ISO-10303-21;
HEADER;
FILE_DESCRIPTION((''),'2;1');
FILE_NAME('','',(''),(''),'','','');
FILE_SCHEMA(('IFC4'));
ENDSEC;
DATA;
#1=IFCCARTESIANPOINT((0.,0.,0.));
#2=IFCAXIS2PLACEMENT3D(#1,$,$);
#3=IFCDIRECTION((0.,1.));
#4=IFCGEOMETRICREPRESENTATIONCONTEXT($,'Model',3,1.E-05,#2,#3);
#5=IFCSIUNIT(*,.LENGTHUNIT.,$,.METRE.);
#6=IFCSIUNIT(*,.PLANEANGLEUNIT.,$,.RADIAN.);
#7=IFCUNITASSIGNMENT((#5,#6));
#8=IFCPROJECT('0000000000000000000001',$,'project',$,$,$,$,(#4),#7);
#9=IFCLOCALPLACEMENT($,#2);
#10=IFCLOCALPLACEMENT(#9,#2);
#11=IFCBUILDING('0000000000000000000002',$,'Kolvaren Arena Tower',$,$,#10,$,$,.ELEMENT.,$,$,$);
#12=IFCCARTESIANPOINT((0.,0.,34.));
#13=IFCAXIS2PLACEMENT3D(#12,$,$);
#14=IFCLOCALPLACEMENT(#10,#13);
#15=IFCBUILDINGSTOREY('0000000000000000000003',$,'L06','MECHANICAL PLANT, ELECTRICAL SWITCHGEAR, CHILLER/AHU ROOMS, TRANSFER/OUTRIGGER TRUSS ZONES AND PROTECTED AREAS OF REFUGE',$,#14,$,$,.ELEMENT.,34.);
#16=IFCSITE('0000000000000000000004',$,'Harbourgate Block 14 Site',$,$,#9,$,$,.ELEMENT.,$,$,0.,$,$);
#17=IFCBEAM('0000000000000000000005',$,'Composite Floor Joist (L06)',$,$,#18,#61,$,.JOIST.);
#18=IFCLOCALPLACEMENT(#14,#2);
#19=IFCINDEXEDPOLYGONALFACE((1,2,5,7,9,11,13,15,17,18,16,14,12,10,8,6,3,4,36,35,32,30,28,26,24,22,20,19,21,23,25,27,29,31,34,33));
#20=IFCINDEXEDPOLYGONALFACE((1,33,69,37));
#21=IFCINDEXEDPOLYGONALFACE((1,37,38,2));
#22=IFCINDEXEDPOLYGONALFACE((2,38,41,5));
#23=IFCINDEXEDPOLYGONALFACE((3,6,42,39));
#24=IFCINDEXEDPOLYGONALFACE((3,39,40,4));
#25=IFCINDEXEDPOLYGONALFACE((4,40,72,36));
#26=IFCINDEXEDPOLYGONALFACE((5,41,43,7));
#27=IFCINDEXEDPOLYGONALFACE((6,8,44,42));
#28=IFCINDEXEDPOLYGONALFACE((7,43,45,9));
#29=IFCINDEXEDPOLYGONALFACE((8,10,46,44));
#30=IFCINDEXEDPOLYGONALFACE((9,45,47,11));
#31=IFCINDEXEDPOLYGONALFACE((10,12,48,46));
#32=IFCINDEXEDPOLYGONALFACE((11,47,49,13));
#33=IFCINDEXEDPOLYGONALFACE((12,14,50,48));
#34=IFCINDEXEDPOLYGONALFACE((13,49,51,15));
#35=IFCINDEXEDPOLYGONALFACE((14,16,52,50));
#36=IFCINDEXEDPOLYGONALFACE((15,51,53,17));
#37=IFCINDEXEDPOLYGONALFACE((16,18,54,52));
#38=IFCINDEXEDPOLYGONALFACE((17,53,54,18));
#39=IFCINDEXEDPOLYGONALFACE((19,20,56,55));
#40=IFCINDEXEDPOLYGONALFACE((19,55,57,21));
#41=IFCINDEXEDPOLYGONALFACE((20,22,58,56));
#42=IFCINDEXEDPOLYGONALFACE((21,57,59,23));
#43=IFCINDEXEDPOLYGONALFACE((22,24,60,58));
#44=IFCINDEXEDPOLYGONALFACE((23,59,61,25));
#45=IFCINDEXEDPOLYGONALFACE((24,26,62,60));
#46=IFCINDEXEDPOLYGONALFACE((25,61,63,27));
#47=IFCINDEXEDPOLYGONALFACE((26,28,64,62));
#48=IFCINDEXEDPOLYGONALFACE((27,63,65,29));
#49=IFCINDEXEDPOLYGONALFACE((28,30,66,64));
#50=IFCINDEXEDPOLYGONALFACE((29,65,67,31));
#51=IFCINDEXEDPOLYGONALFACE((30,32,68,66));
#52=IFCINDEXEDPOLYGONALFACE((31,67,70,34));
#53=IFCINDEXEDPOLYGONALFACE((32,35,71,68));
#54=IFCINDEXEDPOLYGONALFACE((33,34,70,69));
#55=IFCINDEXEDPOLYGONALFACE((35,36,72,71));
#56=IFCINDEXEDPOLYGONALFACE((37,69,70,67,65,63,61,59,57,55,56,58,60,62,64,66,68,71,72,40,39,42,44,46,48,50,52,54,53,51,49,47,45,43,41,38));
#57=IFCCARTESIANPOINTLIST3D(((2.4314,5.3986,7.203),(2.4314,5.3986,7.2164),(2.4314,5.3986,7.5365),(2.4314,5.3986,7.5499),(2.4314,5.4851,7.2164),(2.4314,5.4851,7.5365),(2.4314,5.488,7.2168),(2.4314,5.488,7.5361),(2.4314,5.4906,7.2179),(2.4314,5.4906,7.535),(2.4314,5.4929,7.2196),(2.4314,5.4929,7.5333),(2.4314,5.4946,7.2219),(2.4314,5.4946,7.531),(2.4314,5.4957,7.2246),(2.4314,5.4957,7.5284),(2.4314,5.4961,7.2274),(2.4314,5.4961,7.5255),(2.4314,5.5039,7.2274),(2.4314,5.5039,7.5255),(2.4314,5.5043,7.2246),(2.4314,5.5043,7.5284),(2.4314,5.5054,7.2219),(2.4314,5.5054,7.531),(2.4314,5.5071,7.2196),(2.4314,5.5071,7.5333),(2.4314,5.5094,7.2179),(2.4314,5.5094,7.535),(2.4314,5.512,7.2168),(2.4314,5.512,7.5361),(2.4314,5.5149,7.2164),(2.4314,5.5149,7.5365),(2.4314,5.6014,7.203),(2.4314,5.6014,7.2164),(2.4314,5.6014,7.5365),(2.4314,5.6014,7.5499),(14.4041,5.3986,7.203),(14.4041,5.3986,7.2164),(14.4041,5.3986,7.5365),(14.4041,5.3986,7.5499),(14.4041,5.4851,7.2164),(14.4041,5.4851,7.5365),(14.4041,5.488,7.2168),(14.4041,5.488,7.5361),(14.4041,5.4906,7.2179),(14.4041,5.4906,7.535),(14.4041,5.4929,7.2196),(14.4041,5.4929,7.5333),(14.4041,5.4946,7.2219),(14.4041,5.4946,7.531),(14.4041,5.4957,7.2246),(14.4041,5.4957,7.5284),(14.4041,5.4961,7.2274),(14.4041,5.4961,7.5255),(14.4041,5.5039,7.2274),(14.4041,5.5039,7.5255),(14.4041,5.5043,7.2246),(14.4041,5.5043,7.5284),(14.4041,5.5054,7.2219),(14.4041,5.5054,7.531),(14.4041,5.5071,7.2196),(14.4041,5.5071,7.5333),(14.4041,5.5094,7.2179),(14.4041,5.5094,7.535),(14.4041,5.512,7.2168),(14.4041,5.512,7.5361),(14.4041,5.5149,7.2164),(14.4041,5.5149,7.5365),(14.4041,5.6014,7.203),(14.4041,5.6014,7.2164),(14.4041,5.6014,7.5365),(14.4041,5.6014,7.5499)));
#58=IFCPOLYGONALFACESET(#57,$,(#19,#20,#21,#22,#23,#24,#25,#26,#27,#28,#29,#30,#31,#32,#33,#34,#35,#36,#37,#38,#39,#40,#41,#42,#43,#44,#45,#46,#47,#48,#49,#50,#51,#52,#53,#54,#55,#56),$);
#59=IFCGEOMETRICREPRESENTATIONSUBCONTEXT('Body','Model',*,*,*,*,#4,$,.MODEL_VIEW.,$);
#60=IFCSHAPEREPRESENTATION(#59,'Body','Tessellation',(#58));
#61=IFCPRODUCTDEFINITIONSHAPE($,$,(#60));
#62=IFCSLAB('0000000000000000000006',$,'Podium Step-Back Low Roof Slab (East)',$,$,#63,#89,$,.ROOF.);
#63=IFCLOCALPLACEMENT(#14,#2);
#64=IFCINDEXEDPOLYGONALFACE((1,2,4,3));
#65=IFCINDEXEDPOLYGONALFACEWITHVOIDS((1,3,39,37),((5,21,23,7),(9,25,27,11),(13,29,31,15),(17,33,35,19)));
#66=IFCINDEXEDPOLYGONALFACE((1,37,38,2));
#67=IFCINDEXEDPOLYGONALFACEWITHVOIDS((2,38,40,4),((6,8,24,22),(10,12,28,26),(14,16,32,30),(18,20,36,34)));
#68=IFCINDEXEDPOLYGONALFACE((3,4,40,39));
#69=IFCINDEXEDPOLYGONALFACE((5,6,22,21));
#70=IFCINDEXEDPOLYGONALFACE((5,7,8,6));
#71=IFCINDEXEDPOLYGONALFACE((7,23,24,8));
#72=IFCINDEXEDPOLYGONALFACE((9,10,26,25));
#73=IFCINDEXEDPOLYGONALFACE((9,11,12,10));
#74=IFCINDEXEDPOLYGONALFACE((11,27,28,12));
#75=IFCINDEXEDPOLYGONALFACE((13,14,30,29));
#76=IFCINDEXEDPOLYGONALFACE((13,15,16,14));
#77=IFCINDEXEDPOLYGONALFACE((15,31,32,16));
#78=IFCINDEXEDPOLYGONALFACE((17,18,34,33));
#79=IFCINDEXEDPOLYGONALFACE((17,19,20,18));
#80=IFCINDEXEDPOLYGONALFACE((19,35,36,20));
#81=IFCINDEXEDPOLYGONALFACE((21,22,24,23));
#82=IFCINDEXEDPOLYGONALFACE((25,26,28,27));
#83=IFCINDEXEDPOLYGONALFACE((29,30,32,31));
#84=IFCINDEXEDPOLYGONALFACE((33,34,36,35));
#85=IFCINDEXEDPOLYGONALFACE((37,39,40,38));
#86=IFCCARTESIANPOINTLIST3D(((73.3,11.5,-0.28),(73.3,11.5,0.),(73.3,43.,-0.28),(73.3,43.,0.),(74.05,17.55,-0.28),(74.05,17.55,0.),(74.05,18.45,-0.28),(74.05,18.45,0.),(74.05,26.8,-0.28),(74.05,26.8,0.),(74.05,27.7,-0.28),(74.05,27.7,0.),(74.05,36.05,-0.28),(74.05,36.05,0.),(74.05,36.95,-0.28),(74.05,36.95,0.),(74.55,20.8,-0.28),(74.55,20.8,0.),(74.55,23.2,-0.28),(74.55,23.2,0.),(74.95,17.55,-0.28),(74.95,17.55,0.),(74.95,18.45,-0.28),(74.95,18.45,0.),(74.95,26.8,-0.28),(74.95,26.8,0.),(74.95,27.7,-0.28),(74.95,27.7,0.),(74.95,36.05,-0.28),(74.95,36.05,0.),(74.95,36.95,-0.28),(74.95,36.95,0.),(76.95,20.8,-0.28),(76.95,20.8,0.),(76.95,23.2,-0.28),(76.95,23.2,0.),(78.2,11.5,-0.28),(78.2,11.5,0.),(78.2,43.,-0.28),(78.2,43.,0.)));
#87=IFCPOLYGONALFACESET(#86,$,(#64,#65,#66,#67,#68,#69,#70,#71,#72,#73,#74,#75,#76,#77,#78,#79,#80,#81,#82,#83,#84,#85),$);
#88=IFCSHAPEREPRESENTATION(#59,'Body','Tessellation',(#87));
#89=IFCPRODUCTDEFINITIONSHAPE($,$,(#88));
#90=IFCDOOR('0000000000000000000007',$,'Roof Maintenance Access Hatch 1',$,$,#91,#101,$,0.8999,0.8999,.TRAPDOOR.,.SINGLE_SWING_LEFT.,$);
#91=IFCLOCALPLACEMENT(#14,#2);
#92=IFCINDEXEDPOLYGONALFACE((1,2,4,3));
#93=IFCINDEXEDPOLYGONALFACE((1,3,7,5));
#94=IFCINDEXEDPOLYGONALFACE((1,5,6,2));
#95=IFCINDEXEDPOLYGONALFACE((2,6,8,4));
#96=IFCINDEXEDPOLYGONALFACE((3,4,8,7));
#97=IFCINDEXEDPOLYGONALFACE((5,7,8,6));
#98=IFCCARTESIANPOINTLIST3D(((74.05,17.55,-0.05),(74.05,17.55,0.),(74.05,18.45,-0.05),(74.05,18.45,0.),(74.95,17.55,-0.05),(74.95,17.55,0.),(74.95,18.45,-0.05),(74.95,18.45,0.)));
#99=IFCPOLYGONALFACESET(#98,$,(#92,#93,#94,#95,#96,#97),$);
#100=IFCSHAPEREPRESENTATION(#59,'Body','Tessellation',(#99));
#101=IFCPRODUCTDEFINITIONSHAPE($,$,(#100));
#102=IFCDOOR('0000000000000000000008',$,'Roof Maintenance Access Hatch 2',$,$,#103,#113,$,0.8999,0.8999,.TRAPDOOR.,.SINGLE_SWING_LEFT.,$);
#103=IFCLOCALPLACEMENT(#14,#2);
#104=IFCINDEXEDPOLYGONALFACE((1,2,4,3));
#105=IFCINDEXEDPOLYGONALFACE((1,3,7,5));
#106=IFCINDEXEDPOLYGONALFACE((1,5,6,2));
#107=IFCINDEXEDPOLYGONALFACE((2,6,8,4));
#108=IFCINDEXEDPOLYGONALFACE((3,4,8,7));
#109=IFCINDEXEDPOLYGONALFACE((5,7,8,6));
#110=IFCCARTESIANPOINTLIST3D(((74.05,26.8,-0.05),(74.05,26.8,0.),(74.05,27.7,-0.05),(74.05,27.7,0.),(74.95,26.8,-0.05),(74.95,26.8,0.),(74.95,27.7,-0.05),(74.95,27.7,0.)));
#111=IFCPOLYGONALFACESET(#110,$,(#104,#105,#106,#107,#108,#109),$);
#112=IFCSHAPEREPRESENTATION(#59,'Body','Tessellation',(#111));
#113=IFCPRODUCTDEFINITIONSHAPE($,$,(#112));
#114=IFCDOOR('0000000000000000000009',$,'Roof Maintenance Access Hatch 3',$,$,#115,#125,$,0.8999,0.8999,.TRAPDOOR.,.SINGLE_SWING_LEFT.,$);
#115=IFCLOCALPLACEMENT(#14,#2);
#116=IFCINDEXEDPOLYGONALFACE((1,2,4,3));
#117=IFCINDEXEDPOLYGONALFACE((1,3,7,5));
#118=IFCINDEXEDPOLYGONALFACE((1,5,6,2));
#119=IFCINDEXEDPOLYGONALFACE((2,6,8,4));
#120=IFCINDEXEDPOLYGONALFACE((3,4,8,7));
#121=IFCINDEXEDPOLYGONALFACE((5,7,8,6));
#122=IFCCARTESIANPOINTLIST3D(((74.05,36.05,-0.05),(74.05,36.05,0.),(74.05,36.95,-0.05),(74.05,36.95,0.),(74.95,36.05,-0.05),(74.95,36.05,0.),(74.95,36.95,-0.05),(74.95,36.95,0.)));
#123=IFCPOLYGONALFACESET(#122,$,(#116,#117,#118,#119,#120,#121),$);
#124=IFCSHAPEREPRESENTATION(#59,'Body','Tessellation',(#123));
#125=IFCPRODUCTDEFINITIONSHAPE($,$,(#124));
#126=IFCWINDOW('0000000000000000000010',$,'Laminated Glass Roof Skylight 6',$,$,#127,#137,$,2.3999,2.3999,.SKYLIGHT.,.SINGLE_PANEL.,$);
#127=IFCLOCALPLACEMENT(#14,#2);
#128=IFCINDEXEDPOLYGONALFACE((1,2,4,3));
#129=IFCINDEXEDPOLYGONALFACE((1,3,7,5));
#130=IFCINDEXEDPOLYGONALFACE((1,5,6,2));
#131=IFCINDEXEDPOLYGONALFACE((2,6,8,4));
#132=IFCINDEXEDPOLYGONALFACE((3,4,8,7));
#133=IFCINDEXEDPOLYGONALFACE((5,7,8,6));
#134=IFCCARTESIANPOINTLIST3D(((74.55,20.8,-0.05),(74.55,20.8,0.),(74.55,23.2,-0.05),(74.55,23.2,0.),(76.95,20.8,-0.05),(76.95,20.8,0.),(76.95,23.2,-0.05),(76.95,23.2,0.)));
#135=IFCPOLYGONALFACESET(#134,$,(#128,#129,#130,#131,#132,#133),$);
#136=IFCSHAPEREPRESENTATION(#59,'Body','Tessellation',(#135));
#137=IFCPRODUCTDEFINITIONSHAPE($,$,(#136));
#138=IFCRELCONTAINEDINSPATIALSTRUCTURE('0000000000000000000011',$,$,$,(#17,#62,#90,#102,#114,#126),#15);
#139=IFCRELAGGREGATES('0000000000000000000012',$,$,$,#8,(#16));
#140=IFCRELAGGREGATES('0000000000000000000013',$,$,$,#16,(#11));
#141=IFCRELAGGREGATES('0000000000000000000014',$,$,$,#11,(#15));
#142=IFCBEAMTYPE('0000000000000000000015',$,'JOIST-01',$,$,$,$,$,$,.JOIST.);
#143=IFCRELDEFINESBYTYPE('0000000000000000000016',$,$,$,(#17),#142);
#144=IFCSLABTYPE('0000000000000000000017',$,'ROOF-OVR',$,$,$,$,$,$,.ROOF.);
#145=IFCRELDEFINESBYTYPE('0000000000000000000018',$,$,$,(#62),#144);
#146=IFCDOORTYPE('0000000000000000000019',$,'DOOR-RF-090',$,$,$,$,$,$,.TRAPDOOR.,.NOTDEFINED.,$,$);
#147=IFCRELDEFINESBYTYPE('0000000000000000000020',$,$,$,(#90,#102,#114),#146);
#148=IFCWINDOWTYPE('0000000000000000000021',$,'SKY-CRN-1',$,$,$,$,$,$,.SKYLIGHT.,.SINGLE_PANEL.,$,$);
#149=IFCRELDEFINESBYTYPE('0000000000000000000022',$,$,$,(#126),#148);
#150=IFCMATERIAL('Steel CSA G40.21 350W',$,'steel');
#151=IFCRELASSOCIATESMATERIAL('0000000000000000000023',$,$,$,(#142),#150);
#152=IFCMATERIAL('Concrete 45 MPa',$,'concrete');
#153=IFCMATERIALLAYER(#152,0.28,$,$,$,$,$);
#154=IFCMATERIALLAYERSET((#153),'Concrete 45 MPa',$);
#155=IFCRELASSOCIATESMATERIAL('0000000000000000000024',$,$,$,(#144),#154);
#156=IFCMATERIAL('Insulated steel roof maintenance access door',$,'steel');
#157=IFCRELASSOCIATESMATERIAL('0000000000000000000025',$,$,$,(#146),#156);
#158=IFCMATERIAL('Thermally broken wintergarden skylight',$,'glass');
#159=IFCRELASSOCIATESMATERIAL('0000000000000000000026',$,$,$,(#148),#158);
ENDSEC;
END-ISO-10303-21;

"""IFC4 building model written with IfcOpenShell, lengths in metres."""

from ifc_helpers import new_model, si_unit, direction, frame, origin, origin_2d, place, context, subcontext, project, spatial, polyline, rectangle, i_section, outline, extrude, material, layer, layer_set, material_profile, profile_set, type_object, element, fill, save


model = new_model("IFC4")

# Units and contexts
model_context = context("Model", 3, precision=1e-05, world=origin(), true_north=direction((0.0, 1.0)))
body_context = subcontext(model_context, "Body", "Model", "MODEL_VIEW")
ifc_project = project(units=[si_unit("LENGTHUNIT", "METRE"), si_unit("PLANEANGLEUNIT", "RADIAN")], contexts=[model_context])

# Site, building, storey
site_placement = place(None, origin())
site = spatial("IfcSite", under=ifc_project, at=site_placement, Name="Harbourgate Block 14 Site", CompositionType="ELEMENT", RefElevation=0.0)
building_placement = place(site_placement, origin())
building = spatial("IfcBuilding", under=site, at=building_placement, Name="Kolvaren Arena Tower", CompositionType="ELEMENT")
storey_placement = place(building_placement, frame((0.0, 0.0, 34.0)))
storey = spatial("IfcBuildingStorey", under=building, at=storey_placement, Name="L06", Description="MECHANICAL PLANT, ELECTRICAL SWITCHGEAR, CHILLER/AHU ROOMS, TRANSFER/OUTRIGGER TRUSS ZONES AND PROTECTED AREAS OF REFUGE", CompositionType="ELEMENT", Elevation=34.0)

# Beam
ifc_material_1 = material(Name="Steel CSA G40.21 350W", Category="steel")
ifc_material_profile = material_profile(ifc_material_1, i_section(OverallWidth=0.2029, OverallDepth=0.3469, WebThickness=0.0078, FlangeThickness=0.0134, FilletRadius=0.011, at=origin_2d()), Name="W360x64")
ifc_profile_set = profile_set([ifc_material_profile], Name="Steel CSA G40.21 350W")
beam_type = type_object("IfcBeamType", Name="JOIST-01", PredefinedType="JOIST", material=ifc_profile_set)
beam_placement = place(storey_placement, frame((2.4314, 5.5, 7.3765), z_axis=(1.0, 0.0, 0.0), x_axis=(0.0, 1.0, 0.0)))
element("IfcBeam", 1, at=beam_placement, inside=storey, type_object=beam_type, Name="Composite Floor Joist (L06)", PredefinedType="JOIST", context=body_context, shape_type="SweptSolid", body=[
    extrude(i_section(OverallWidth=0.2029, OverallDepth=0.3469, WebThickness=0.0078, FlangeThickness=0.0134, FilletRadius=0.011, at=origin_2d()), origin(), (0.0, 0.0, 1.0), 11.9727),
])

# Slab, openings, doors, window
ifc_material_2 = material(Name="Concrete 45 MPa", Category="concrete")
ifc_layer_1 = layer(ifc_material_2, 0.28)
ifc_layer_set_1 = layer_set([ifc_layer_1], Name="Concrete 45 MPa")
slab_type_1 = type_object("IfcSlabType", Name="ROOF-OVR", PredefinedType="ROOF", material=ifc_layer_set_1)
slab_1_placement = place(storey_placement, frame((0.0, 0.0, -0.28)))
slab_1 = element("IfcSlab", 2, at=slab_1_placement, inside=storey, type_object=slab_type_1, Name="Podium Step-Back Low Roof Slab (East)", PredefinedType="ROOF", context=body_context, shape_type="SweptSolid", body=[
    extrude(outline(polyline([(73.3, 11.5), (78.2, 11.5), (78.2, 43.0), (73.3, 43.0), (73.3, 11.5)])), origin(), (0.0, 0.0, 1.0), 0.28),
])
opening_1_placement = place(slab_1_placement, frame((75.75, 22.0, 0.0)))
opening_1 = element("IfcOpeningElement", 3, at=opening_1_placement, cuts=slab_1, PredefinedType="OPENING", context=body_context, shape_type="SweptSolid", body=[
    extrude(rectangle(XDim=2.3999, YDim=2.3999, at=origin_2d()), origin(), (0.0, 0.0, 1.0), 0.28),
])
opening_2_placement = place(slab_1_placement, frame((74.5, 18.0, 0.0)))
opening_2 = element("IfcOpeningElement", 4, at=opening_2_placement, cuts=slab_1, PredefinedType="OPENING", context=body_context, shape_type="SweptSolid", body=[
    extrude(rectangle(XDim=0.8999, YDim=0.8999, at=origin_2d()), origin(), (0.0, 0.0, 1.0), 0.28),
])
opening_3_placement = place(slab_1_placement, frame((74.5, 27.25, 0.0)))
opening_3 = element("IfcOpeningElement", 5, at=opening_3_placement, cuts=slab_1, PredefinedType="OPENING", context=body_context, shape_type="SweptSolid", body=[
    extrude(rectangle(XDim=0.8999, YDim=0.8999, at=origin_2d()), origin(), (0.0, 0.0, 1.0), 0.28),
])
opening_4_placement = place(slab_1_placement, frame((74.5, 36.5, 0.0)))
opening_4 = element("IfcOpeningElement", 6, at=opening_4_placement, cuts=slab_1, PredefinedType="OPENING", context=body_context, shape_type="SweptSolid", body=[
    extrude(rectangle(XDim=0.8999, YDim=0.8999, at=origin_2d()), origin(), (0.0, 0.0, 1.0), 0.28),
])
ifc_material_3 = material(Name="Insulated steel roof maintenance access door", Category="steel")
door_type = type_object("IfcDoorType", Name="DOOR-RF-090", OperationType="NOTDEFINED", PredefinedType="TRAPDOOR", material=ifc_material_3)
door_1_placement = place(opening_2_placement, frame((0.0, 0.0, 0.23)))
door_1 = element("IfcDoor", 7, at=door_1_placement, inside=storey, type_object=door_type, Name="Roof Maintenance Access Hatch 1", OperationType="SINGLE_SWING_LEFT", OverallHeight=0.8999, OverallWidth=0.8999, PredefinedType="TRAPDOOR", context=body_context, shape_type="SweptSolid", body=[
    extrude(rectangle(XDim=0.8999, YDim=0.8999, at=origin_2d()), origin(), (0.0, 0.0, 1.0), 0.05),
])
fill(opening_2, door_1)
door_2_placement = place(opening_3_placement, frame((0.0, 0.0, 0.23)))
door_2 = element("IfcDoor", 8, at=door_2_placement, inside=storey, type_object=door_type, Name="Roof Maintenance Access Hatch 2", OperationType="SINGLE_SWING_LEFT", OverallHeight=0.8999, OverallWidth=0.8999, PredefinedType="TRAPDOOR", context=body_context, shape_type="SweptSolid", body=[
    extrude(rectangle(XDim=0.8999, YDim=0.8999, at=origin_2d()), origin(), (0.0, 0.0, 1.0), 0.05),
])
fill(opening_3, door_2)
door_3_placement = place(opening_4_placement, frame((0.0, 0.0, 0.23)))
door_3 = element("IfcDoor", 9, at=door_3_placement, inside=storey, type_object=door_type, Name="Roof Maintenance Access Hatch 3", OperationType="SINGLE_SWING_LEFT", OverallHeight=0.8999, OverallWidth=0.8999, PredefinedType="TRAPDOOR", context=body_context, shape_type="SweptSolid", body=[
    extrude(rectangle(XDim=0.8999, YDim=0.8999, at=origin_2d()), origin(), (0.0, 0.0, 1.0), 0.05),
])
fill(opening_4, door_3)
ifc_material_4 = material(Name="Thermally broken wintergarden skylight", Category="glass")
window_type = type_object("IfcWindowType", Name="SKY-CRN-1", PartitioningType="SINGLE_PANEL", PredefinedType="SKYLIGHT", material=ifc_material_4)
window_1_placement = place(opening_1_placement, frame((0.0, 0.0, 0.23)))
window_1 = element("IfcWindow", 10, at=window_1_placement, inside=storey, type_object=window_type, Name="Laminated Glass Roof Skylight 6", OverallHeight=2.3999, OverallWidth=2.3999, PartitioningType="SINGLE_PANEL", PredefinedType="SKYLIGHT", context=body_context, shape_type="SweptSolid", body=[
    extrude(rectangle(XDim=2.3999, YDim=2.3999, at=origin_2d()), origin(), (0.0, 0.0, 1.0), 0.05),
])
fill(opening_1, window_1)

save(model, "model.ifc")
